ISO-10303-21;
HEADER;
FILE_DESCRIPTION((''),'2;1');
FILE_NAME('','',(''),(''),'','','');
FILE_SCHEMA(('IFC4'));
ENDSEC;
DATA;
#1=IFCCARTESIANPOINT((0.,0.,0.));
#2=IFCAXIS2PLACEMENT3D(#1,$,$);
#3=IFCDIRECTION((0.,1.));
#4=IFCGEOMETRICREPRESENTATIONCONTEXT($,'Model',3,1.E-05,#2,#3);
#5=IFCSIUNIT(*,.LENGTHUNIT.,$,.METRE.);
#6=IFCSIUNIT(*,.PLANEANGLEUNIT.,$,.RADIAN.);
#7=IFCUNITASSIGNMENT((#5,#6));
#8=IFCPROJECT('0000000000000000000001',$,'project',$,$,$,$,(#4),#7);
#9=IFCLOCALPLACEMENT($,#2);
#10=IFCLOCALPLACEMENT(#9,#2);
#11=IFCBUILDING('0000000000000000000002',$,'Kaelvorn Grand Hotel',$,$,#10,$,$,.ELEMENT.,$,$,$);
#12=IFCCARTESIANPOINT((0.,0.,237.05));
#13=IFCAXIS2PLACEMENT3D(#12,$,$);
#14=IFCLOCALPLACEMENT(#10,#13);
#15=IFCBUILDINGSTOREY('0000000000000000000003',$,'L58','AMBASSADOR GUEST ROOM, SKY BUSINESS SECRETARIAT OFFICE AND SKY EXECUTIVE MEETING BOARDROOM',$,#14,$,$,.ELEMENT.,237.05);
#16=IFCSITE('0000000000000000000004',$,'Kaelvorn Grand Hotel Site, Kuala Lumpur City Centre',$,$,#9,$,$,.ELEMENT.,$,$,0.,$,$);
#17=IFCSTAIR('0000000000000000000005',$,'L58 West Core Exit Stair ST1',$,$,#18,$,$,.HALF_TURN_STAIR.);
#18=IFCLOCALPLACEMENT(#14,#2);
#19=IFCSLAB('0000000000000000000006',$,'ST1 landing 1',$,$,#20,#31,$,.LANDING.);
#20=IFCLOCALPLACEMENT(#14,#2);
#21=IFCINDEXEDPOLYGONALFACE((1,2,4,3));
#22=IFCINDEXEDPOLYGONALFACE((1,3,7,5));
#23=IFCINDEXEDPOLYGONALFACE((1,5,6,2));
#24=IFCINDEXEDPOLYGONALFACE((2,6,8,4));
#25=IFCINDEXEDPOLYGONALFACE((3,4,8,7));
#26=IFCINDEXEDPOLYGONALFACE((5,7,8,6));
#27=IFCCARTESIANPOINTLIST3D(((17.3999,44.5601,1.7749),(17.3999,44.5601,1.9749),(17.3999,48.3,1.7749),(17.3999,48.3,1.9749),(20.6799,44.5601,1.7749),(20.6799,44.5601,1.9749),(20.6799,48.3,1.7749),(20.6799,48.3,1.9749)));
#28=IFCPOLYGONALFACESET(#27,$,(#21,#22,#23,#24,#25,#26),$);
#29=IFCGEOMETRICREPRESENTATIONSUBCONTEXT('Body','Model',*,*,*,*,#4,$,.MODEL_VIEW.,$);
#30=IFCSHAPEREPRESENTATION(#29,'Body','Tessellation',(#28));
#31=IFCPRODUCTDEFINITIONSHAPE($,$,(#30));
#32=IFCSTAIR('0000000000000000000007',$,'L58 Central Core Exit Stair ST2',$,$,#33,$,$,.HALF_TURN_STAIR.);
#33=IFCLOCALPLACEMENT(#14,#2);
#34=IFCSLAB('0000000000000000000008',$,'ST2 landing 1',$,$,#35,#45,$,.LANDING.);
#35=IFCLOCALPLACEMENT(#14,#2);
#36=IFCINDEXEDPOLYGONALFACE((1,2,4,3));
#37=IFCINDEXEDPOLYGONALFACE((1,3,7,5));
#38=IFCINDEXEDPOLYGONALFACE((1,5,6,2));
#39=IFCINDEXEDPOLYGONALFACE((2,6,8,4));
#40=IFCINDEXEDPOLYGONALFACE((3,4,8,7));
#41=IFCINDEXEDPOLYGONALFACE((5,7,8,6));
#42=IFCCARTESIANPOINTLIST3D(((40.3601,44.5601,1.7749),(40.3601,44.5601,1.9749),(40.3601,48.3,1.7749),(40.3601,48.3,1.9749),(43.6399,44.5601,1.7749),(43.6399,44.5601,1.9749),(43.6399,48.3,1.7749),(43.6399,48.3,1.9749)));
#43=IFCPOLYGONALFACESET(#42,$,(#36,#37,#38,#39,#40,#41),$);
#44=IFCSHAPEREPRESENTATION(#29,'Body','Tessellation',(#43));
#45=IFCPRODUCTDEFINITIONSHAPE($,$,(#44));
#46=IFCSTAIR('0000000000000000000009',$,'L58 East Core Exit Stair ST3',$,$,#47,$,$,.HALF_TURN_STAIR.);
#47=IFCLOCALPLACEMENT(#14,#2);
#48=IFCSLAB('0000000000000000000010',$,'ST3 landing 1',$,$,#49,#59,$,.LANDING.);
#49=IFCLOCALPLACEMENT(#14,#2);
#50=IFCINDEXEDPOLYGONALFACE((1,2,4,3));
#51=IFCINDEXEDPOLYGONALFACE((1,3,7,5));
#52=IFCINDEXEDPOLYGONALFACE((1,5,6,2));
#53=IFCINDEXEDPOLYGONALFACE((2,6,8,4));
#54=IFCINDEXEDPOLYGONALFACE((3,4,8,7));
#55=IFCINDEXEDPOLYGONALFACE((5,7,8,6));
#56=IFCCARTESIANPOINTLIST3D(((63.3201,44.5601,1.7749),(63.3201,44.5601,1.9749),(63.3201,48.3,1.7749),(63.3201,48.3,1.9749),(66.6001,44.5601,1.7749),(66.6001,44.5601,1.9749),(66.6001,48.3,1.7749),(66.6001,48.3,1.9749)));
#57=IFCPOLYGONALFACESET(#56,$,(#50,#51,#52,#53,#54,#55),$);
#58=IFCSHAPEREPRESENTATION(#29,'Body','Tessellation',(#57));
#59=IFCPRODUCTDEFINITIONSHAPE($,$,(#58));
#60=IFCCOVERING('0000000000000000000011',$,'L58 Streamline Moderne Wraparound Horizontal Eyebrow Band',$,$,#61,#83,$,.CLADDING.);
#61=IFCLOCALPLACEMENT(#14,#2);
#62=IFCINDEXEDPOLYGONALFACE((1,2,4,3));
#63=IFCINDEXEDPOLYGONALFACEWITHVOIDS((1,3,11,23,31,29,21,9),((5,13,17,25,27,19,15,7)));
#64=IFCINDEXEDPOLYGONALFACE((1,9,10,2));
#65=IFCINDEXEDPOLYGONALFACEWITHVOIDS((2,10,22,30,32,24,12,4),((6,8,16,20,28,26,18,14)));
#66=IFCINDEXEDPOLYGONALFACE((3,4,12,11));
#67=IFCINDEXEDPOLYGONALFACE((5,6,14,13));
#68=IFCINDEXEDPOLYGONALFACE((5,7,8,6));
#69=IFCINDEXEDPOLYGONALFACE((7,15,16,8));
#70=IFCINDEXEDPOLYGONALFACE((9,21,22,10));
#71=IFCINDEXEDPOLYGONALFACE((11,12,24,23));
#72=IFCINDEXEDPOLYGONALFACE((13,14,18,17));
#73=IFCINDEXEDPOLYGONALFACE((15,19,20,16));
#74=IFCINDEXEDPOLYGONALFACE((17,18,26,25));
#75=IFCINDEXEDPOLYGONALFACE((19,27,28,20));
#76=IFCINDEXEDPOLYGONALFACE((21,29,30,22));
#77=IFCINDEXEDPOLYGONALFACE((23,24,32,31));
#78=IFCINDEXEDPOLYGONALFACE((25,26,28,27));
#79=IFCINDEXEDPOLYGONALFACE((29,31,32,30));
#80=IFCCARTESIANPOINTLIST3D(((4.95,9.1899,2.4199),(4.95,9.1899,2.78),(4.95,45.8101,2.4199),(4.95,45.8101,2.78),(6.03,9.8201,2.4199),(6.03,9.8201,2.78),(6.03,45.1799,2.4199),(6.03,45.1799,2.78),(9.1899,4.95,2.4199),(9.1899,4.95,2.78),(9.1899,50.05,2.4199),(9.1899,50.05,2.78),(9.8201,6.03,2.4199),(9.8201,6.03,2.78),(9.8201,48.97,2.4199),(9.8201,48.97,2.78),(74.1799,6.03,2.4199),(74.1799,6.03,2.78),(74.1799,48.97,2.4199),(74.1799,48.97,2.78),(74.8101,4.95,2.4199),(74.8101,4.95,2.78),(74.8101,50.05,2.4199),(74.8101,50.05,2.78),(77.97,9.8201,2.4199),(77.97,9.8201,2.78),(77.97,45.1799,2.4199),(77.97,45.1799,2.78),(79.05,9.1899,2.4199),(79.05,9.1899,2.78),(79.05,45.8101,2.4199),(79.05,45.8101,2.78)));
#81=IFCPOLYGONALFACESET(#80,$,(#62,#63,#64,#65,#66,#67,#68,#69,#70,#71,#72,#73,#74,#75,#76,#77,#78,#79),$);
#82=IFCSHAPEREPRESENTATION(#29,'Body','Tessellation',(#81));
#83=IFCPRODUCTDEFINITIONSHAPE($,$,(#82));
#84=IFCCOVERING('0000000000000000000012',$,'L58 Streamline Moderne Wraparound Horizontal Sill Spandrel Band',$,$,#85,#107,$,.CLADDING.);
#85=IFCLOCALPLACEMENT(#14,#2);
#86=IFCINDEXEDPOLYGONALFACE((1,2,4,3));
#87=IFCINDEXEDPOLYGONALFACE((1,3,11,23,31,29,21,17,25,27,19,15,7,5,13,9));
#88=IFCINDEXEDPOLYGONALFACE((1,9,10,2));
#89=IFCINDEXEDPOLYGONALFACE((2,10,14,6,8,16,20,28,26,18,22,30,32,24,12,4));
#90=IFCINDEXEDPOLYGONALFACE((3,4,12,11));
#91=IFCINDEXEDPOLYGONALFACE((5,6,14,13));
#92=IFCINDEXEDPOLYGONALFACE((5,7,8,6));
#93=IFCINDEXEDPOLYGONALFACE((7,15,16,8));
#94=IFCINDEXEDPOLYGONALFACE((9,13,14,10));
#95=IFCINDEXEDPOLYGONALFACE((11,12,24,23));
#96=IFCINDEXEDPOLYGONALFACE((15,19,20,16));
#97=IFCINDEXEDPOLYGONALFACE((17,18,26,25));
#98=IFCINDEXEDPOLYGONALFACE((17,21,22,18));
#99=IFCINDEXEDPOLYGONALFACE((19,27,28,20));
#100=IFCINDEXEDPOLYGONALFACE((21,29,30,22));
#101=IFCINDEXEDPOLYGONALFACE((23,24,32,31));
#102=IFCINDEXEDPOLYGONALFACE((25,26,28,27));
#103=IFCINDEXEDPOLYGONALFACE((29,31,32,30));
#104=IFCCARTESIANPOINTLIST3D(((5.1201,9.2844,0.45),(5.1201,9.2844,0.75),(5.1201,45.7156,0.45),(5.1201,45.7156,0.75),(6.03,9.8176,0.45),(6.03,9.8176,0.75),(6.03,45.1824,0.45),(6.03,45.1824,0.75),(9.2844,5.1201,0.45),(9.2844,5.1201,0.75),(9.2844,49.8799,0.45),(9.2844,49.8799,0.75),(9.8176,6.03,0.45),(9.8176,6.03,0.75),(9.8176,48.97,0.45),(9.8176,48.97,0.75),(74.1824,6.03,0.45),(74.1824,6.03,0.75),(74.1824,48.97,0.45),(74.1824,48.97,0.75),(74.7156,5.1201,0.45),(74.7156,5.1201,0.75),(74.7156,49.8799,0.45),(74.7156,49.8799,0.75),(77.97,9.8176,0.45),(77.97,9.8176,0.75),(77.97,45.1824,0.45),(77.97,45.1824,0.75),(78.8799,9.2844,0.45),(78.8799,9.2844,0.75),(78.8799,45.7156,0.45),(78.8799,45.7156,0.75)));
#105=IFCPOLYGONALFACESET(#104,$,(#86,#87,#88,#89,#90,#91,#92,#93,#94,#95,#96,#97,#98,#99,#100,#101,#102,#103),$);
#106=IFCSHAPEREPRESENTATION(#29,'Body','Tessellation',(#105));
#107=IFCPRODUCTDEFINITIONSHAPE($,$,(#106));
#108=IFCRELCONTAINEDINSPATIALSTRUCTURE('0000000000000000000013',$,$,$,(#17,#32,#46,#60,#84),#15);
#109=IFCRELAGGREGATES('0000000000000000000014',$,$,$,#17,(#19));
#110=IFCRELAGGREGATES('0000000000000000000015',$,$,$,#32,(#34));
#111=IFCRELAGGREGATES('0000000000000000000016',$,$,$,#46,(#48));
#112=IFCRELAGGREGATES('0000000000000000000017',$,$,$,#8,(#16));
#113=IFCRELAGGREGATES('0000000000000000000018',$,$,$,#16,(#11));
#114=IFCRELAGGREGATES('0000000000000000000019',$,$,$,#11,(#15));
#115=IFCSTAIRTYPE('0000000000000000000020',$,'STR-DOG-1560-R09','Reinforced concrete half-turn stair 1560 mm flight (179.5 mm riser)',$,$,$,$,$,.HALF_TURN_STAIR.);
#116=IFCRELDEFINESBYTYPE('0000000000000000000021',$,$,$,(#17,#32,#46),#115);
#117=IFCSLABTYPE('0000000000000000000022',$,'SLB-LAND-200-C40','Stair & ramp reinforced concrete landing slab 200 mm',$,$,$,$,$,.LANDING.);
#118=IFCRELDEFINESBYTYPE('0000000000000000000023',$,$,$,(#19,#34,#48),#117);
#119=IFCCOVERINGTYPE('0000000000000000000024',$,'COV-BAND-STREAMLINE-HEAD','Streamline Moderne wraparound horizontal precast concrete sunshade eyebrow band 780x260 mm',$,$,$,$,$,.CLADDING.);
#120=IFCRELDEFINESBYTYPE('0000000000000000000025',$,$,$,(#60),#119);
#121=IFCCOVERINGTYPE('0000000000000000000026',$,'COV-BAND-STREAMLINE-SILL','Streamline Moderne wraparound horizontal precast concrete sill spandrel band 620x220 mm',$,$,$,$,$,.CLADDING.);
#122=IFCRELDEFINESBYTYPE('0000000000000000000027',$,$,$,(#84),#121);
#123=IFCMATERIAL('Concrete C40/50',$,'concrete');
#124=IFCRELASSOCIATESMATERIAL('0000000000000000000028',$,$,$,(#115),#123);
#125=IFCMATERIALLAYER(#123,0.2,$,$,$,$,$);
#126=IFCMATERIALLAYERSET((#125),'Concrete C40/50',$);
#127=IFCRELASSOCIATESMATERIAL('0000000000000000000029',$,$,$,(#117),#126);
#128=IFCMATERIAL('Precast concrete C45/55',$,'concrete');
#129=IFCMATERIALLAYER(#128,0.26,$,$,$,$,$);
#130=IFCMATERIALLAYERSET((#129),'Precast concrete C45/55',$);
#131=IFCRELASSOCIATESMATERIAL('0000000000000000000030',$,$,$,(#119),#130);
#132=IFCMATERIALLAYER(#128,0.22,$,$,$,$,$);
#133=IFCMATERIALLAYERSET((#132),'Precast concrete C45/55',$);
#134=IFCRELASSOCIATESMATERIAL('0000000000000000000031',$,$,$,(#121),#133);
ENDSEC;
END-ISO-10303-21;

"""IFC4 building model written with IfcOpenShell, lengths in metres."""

from ifc_helpers import new_model, si_unit, direction, frame, origin, place, context, subcontext, project, spatial, polyline, outline, extrude, material, layer, layer_set, type_object, element, aggregate, save


model = new_model("IFC4")

# Units and contexts
model_context = context("Model", 3, precision=1e-05, world=origin(), true_north=direction((0.0, 1.0)))
body_context = subcontext(model_context, "Body", "Model", "MODEL_VIEW")
ifc_project = project(units=[si_unit("LENGTHUNIT", "METRE"), si_unit("PLANEANGLEUNIT", "RADIAN")], contexts=[model_context])

# Site, building, storey
site_placement = place(None, origin())
site = spatial("IfcSite", under=ifc_project, at=site_placement, Name="Kaelvorn Grand Hotel Site, Kuala Lumpur City Centre", CompositionType="ELEMENT", RefElevation=0.0)
building_placement = place(site_placement, origin())
building = spatial("IfcBuilding", under=site, at=building_placement, Name="Kaelvorn Grand Hotel", CompositionType="ELEMENT")
storey_placement = place(building_placement, frame((0.0, 0.0, 237.05)))
storey = spatial("IfcBuildingStorey", under=building, at=storey_placement, Name="L58", Description="AMBASSADOR GUEST ROOM, SKY BUSINESS SECRETARIAT OFFICE AND SKY EXECUTIVE MEETING BOARDROOM", CompositionType="ELEMENT", Elevation=237.05)

# Shared definitions
ifc_material_1 = material(Name="Precast concrete C45/55", Category="concrete")

# Shared definitions
ifc_material_2 = material(Name="Concrete C40/50", Category="concrete")

# Stairs, slabs
stair_type = type_object("IfcStairType", Name="STR-DOG-1560-R09", Description="Reinforced concrete half-turn stair 1560 mm flight (179.5 mm riser)", PredefinedType="HALF_TURN_STAIR", material=ifc_material_2)
stair_1_placement = place(storey_placement, origin())
stair_1 = element("IfcStair", 1, at=stair_1_placement, inside=storey, type_object=stair_type, Name="L58 West Core Exit Stair ST1", PredefinedType="HALF_TURN_STAIR")
ifc_layer_1 = layer(ifc_material_2, 0.2)
ifc_layer_set_1 = layer_set([ifc_layer_1], Name="Concrete C40/50")
slab_type_1 = type_object("IfcSlabType", Name="SLB-LAND-200-C40", Description="Stair & ramp reinforced concrete landing slab 200 mm", PredefinedType="LANDING", material=ifc_layer_set_1)
slab_1_placement = place(storey_placement, frame((0.0, 0.0, 1.7749)))
slab_1 = element("IfcSlab", 2, at=slab_1_placement, type_object=slab_type_1, Name="ST1 landing 1", PredefinedType="LANDING", context=body_context, shape_type="SweptSolid", body=[
    extrude(outline(polyline([(20.6799, 44.5601), (20.6799, 48.3), (17.3999, 48.3), (17.3999, 44.5601), (20.6799, 44.5601)])), origin(), (0.0, 0.0, 1.0), 0.2),
])
aggregate(stair_1, [slab_1])
stair_2_placement = place(storey_placement, origin())
stair_2 = element("IfcStair", 3, at=stair_2_placement, inside=storey, type_object=stair_type, Name="L58 Central Core Exit Stair ST2", PredefinedType="HALF_TURN_STAIR")
slab_2_placement = place(storey_placement, frame((0.0, 0.0, 1.7749)))
slab_2 = element("IfcSlab", 4, at=slab_2_placement, type_object=slab_type_1, Name="ST2 landing 1", PredefinedType="LANDING", context=body_context, shape_type="SweptSolid", body=[
    extrude(outline(polyline([(43.6399, 44.5601), (43.6399, 48.3), (40.3601, 48.3), (40.3601, 44.5601), (43.6399, 44.5601)])), origin(), (0.0, 0.0, 1.0), 0.2),
])
aggregate(stair_2, [slab_2])
stair_3_placement = place(storey_placement, origin())
stair_3 = element("IfcStair", 5, at=stair_3_placement, inside=storey, type_object=stair_type, Name="L58 East Core Exit Stair ST3", PredefinedType="HALF_TURN_STAIR")
slab_3_placement = place(storey_placement, frame((0.0, 0.0, 1.7749)))
slab_3 = element("IfcSlab", 6, at=slab_3_placement, type_object=slab_type_1, Name="ST3 landing 1", PredefinedType="LANDING", context=body_context, shape_type="SweptSolid", body=[
    extrude(outline(polyline([(66.6001, 44.5601), (66.6001, 48.3), (63.3201, 48.3), (63.3201, 44.5601), (66.6001, 44.5601)])), origin(), (0.0, 0.0, 1.0), 0.2),
])
aggregate(stair_3, [slab_3])

# Coverings
ifc_layer_2 = layer(ifc_material_1, 0.26)
ifc_layer_set_2 = layer_set([ifc_layer_2], Name="Precast concrete C45/55")
covering_type_1 = type_object("IfcCoveringType", Name="COV-BAND-STREAMLINE-HEAD", Description="Streamline Moderne wraparound horizontal precast concrete sunshade eyebrow band 780x260 mm", PredefinedType="CLADDING", material=ifc_layer_set_2)
covering_1_placement = place(storey_placement, frame((0.0, 0.0, 2.4199)))
element("IfcCovering", 7, at=covering_1_placement, inside=storey, type_object=covering_type_1, Name="L58 Streamline Moderne Wraparound Horizontal Eyebrow Band", PredefinedType="CLADDING", context=body_context, shape_type="SweptSolid", body=[
    extrude(outline(polyline([(9.1899, 4.95), (74.8101, 4.95), (79.05, 9.1899), (79.05, 45.8101), (74.8101, 50.05), (9.1899, 50.05), (4.95, 45.8101), (4.95, 9.1899), (9.1899, 4.95)]), holes=[polyline([(9.8201, 6.03), (74.1799, 6.03), (77.97, 9.8201), (77.97, 45.1799), (74.1799, 48.97), (9.8201, 48.97), (6.03, 45.1799), (6.03, 9.8201), (9.8201, 6.03)])]), origin(), (0.0, 0.0, 1.0), 0.3601),
])
ifc_layer_3 = layer(ifc_material_1, 0.22)
ifc_layer_set_3 = layer_set([ifc_layer_3], Name="Precast concrete C45/55")
covering_type_2 = type_object("IfcCoveringType", Name="COV-BAND-STREAMLINE-SILL", Description="Streamline Moderne wraparound horizontal precast concrete sill spandrel band 620x220 mm", PredefinedType="CLADDING", material=ifc_layer_set_3)
covering_2_placement = place(storey_placement, frame((0.0, 0.0, 0.45)))
element("IfcCovering", 8, at=covering_2_placement, inside=storey, type_object=covering_type_2, Name="L58 Streamline Moderne Wraparound Horizontal Sill Spandrel Band", PredefinedType="CLADDING", context=body_context, shape_type="SweptSolid", body=[
    extrude(outline(polyline([(74.7156, 5.1201), (78.8799, 9.2844), (78.8799, 45.7156), (74.7156, 49.8799), (9.2844, 49.8799), (5.1201, 45.7156), (5.1201, 9.2844), (9.2844, 5.1201), (9.8176, 6.03), (6.03, 9.8176), (6.03, 45.1824), (9.8176, 48.97), (74.1824, 48.97), (77.97, 45.1824), (77.97, 9.8176), (74.1824, 6.03), (74.7156, 5.1201)])), origin(), (0.0, 0.0, 1.0), 0.3),
])

save(model, "model.ifc")
